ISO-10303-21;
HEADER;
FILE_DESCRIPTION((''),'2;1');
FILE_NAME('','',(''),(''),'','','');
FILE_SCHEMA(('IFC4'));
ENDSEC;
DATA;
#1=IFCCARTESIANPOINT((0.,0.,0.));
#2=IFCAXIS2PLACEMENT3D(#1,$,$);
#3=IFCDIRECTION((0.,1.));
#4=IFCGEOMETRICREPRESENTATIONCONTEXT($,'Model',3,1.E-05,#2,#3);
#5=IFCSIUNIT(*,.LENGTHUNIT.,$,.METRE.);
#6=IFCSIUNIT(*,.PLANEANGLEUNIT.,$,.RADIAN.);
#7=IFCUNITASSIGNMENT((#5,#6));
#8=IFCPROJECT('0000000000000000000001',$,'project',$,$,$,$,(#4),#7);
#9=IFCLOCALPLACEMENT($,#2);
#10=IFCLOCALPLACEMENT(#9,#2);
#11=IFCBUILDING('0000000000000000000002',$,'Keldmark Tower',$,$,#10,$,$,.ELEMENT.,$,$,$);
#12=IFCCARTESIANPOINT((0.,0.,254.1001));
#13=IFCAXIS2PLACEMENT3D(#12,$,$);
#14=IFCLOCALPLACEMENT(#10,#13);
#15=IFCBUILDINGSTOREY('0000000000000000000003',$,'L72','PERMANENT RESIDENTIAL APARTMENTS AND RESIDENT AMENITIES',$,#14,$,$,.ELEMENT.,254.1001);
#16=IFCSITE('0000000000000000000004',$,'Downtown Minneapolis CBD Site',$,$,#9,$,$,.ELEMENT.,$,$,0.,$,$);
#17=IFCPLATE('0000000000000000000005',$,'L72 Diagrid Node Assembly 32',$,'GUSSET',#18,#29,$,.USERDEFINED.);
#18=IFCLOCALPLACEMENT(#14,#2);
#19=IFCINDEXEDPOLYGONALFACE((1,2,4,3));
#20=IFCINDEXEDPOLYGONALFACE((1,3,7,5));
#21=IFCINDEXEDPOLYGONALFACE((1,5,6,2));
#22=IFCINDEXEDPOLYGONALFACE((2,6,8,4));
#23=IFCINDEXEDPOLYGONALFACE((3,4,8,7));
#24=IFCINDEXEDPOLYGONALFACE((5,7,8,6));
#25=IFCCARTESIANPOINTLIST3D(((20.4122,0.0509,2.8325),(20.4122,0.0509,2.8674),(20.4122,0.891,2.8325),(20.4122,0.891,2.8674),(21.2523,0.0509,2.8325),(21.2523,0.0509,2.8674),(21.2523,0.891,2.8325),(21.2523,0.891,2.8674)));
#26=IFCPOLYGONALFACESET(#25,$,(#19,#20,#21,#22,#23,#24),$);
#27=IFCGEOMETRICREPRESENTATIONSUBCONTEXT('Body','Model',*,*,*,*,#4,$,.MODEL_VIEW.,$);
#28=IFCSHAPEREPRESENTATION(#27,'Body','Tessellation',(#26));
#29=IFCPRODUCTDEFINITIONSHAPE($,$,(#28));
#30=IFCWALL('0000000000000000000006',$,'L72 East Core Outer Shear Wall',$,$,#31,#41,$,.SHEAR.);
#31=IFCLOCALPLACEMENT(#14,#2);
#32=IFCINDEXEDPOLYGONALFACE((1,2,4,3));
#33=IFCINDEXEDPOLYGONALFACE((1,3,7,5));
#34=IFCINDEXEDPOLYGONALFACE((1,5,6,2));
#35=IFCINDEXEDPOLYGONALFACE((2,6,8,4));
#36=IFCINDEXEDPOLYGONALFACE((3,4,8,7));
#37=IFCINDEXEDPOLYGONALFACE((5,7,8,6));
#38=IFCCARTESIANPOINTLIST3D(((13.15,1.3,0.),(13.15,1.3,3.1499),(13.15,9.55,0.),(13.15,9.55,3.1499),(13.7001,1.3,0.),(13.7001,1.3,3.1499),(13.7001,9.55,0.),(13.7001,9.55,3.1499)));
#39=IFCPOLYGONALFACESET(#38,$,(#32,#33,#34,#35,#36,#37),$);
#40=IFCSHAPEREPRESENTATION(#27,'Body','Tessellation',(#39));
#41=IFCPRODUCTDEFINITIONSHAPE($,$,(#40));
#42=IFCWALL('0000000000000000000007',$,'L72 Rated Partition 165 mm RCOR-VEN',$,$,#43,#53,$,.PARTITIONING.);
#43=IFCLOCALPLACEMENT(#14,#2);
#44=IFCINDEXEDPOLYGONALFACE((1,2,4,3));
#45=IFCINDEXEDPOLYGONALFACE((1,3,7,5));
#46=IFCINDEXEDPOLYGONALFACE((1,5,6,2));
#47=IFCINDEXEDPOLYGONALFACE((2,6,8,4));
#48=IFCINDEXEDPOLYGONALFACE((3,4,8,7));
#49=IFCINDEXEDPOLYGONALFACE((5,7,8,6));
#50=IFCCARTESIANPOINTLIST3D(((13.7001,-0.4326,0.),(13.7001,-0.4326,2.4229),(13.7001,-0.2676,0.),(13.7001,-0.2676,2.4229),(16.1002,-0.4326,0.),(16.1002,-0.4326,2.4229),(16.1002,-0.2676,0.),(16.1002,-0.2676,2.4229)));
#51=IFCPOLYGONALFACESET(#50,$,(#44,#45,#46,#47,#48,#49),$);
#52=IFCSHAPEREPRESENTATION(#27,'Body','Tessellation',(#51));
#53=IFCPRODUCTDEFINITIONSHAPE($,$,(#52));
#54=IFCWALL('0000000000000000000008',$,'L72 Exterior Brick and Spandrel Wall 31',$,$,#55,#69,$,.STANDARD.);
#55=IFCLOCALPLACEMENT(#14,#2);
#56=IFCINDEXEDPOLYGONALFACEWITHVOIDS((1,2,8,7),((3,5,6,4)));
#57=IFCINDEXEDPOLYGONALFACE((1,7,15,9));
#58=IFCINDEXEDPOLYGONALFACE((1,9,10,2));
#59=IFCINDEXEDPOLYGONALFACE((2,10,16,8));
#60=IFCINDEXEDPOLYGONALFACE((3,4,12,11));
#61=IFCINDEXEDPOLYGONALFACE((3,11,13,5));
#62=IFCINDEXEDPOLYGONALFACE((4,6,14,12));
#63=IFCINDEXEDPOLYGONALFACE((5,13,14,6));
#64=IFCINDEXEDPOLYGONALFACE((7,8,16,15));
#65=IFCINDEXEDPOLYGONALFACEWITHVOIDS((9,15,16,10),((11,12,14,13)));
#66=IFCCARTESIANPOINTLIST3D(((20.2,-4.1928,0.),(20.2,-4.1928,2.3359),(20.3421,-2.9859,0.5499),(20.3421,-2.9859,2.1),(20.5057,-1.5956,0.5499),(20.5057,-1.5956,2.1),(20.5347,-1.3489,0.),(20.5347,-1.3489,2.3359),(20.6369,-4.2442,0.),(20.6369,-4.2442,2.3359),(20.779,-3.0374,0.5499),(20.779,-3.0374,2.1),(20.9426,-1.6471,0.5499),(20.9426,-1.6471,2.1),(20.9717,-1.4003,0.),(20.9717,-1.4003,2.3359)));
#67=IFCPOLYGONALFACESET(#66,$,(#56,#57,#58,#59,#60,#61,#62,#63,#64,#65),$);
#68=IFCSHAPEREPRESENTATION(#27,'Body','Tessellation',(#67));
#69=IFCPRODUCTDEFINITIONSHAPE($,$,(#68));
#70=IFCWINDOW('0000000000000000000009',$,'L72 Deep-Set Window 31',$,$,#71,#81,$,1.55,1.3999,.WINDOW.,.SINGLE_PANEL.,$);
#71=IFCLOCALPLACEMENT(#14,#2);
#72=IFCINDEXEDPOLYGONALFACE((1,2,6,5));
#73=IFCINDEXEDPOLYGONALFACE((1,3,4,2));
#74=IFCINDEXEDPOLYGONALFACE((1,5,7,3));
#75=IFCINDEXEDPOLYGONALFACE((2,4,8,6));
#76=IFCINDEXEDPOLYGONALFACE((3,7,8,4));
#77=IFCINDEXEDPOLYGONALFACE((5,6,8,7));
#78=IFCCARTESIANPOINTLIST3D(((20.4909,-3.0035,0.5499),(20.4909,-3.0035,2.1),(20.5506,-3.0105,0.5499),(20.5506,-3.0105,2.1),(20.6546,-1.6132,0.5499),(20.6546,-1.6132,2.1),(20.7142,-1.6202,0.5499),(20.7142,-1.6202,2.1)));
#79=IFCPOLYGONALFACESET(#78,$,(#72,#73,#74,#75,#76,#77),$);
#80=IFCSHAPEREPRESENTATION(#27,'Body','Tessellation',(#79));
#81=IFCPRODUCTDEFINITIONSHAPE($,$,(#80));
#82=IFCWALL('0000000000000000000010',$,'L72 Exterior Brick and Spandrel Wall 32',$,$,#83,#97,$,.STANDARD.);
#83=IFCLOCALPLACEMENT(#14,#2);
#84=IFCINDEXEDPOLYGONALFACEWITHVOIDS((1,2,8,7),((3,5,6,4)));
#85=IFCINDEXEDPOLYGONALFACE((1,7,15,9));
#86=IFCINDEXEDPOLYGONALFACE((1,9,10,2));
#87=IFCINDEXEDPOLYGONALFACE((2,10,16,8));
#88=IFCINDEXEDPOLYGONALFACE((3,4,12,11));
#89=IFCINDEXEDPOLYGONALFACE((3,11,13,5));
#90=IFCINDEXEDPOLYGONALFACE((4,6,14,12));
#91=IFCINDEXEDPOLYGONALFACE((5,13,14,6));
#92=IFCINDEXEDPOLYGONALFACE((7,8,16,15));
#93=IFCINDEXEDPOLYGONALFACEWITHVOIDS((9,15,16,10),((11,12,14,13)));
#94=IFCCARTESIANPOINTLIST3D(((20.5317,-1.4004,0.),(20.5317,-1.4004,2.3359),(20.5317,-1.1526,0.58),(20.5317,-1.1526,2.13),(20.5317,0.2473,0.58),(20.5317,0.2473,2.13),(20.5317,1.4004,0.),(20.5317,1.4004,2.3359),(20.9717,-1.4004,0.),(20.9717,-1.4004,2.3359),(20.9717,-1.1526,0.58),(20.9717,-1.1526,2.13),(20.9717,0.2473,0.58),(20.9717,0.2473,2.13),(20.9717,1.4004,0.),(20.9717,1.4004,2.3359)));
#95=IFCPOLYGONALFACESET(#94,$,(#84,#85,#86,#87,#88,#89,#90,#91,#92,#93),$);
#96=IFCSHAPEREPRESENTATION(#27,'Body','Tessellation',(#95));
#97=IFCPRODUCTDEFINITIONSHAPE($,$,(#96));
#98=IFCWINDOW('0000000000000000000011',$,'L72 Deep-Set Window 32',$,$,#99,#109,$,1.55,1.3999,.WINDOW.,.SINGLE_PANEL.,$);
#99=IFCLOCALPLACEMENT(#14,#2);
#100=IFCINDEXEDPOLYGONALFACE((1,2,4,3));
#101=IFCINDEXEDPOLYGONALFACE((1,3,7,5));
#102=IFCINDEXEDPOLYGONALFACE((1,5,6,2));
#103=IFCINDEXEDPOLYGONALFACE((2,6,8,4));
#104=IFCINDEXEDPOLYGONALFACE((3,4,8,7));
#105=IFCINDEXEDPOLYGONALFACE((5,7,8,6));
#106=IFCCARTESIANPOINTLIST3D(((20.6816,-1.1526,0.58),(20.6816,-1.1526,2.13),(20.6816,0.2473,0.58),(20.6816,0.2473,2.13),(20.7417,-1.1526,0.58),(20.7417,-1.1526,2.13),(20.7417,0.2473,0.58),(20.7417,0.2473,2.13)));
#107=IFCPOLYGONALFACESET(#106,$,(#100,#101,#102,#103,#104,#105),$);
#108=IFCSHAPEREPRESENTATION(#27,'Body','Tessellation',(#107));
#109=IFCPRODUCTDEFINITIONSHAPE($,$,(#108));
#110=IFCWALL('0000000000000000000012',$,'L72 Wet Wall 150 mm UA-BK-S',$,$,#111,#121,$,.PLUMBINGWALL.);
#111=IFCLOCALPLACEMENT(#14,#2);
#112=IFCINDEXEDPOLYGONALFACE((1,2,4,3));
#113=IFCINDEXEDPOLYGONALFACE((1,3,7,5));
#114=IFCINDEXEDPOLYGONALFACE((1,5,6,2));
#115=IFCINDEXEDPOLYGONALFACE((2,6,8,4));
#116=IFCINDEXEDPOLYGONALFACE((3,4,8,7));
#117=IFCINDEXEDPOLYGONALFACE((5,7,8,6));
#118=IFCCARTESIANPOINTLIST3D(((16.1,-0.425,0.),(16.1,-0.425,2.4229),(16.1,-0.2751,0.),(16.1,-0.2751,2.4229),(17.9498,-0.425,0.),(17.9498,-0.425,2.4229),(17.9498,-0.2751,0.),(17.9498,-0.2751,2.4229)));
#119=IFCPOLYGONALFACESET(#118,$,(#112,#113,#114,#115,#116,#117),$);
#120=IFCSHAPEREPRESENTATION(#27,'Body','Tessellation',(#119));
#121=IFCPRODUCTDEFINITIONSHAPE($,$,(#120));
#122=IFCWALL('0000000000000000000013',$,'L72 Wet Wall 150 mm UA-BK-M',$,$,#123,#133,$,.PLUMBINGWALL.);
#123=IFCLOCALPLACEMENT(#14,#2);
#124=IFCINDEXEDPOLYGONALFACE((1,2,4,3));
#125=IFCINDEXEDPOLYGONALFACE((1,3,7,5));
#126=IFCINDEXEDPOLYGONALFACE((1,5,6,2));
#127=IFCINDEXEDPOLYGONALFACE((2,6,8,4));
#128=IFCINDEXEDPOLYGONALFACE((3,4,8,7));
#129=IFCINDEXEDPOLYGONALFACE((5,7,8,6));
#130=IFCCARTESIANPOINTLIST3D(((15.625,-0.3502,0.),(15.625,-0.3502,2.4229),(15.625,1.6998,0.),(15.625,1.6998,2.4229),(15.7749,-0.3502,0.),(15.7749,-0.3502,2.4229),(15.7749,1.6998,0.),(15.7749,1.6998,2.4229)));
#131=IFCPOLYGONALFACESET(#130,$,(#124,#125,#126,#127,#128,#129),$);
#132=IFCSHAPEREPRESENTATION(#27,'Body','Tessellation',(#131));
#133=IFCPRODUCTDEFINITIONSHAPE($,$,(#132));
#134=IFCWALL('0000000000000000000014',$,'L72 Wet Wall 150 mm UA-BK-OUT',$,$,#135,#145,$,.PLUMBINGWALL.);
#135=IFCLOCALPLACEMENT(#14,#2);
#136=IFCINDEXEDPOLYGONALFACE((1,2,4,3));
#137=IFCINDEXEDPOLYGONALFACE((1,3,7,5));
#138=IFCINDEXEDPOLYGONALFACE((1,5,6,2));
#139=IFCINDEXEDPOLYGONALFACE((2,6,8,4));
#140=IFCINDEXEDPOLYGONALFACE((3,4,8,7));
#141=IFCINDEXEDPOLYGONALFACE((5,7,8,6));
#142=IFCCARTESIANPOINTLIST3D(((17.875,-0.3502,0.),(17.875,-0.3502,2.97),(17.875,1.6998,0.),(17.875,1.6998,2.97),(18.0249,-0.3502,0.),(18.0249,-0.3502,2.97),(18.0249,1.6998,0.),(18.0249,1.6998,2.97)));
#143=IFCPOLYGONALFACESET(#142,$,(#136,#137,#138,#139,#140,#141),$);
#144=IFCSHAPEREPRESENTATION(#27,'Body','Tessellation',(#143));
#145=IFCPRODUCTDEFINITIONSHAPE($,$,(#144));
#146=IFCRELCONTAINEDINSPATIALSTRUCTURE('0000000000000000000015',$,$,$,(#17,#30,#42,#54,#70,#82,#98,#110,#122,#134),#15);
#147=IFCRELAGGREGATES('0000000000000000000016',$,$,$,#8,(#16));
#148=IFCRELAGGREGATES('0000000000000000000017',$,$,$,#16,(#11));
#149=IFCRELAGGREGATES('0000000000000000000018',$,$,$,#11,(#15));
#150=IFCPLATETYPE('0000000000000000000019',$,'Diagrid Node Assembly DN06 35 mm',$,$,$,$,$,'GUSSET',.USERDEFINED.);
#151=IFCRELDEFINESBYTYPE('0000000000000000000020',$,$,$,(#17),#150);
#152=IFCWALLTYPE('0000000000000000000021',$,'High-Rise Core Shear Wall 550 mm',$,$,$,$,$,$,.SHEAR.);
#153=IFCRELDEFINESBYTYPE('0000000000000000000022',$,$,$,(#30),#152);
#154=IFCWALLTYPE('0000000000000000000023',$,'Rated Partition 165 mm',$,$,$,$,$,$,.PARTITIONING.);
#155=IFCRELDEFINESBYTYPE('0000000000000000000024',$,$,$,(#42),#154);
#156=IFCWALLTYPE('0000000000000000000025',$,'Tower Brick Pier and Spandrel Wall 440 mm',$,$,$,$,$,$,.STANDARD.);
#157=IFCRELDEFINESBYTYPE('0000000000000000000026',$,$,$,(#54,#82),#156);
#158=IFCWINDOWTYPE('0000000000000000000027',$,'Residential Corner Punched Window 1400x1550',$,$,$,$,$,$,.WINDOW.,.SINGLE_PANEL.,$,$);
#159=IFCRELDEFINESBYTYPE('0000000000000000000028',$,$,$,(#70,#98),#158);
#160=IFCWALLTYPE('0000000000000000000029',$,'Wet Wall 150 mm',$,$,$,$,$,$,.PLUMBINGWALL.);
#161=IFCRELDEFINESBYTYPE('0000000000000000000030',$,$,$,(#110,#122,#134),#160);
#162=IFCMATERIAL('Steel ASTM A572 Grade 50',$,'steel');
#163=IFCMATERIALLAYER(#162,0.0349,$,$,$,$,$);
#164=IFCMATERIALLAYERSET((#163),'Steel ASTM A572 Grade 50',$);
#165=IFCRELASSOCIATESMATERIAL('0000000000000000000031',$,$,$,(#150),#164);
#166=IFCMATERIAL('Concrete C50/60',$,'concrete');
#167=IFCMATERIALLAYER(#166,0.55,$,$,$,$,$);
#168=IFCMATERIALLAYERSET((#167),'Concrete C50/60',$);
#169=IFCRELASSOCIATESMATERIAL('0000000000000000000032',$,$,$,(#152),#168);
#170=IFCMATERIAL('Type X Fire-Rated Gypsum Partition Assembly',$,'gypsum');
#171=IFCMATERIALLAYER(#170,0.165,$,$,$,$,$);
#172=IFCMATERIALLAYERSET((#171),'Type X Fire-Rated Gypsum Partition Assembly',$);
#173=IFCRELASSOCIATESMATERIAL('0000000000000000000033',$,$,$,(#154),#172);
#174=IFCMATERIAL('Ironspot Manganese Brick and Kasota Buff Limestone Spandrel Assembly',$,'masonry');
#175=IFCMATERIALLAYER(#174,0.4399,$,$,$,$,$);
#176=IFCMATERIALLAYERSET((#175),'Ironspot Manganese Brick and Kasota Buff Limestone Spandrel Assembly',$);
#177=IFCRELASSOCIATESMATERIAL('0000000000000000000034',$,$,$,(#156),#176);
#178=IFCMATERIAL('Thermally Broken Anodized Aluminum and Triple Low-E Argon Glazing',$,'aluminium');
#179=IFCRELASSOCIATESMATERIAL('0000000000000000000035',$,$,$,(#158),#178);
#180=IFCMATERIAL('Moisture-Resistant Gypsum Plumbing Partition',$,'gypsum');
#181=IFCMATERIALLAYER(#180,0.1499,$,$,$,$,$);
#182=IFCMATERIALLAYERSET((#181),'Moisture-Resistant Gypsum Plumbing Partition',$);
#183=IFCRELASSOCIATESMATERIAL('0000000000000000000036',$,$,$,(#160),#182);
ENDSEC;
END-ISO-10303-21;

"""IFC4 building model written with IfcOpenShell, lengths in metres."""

from ifc_helpers import new_model, si_unit, direction, frame, frame_2d, origin, origin_2d, place, context, subcontext, project, spatial, rectangle, extrude, material, layer, layer_set, type_object, element, fill, save


model = new_model("IFC4")

# Units and contexts
model_context = context("Model", 3, precision=1e-05, world=origin(), true_north=direction((0.0, 1.0)))
body_context = subcontext(model_context, "Body", "Model", "MODEL_VIEW")
ifc_project = project(units=[si_unit("LENGTHUNIT", "METRE"), si_unit("PLANEANGLEUNIT", "RADIAN")], contexts=[model_context])

# Site, building, storey
site_placement = place(None, origin())
site = spatial("IfcSite", under=ifc_project, at=site_placement, Name="Downtown Minneapolis CBD Site", CompositionType="ELEMENT", RefElevation=0.0)
building_placement = place(site_placement, origin())
building = spatial("IfcBuilding", under=site, at=building_placement, Name="Keldmark Tower", CompositionType="ELEMENT")
storey_placement = place(building_placement, frame((0.0, 0.0, 254.1001)))
storey = spatial("IfcBuildingStorey", under=building, at=storey_placement, Name="L72", Description="PERMANENT RESIDENTIAL APARTMENTS AND RESIDENT AMENITIES", CompositionType="ELEMENT", Elevation=254.1001)

# Plate
ifc_material_1 = material(Name="Steel ASTM A572 Grade 50", Category="steel")
ifc_layer_1 = layer(ifc_material_1, 0.0349)
ifc_layer_set_1 = layer_set([ifc_layer_1], Name="Steel ASTM A572 Grade 50")
plate_type_1 = type_object("IfcPlateType", Name="Diagrid Node Assembly DN06 35 mm", ElementType="GUSSET", PredefinedType="USERDEFINED", material=ifc_layer_set_1)
plate_placement = place(storey_placement, frame((20.8323, 0.4709, 2.8325), z_axis=(0.0, 0.0, 1.0), x_axis=(0.0, 1.0, 0.0)))
element("IfcPlate", 1, at=plate_placement, inside=storey, type_object=plate_type_1, Name="L72 Diagrid Node Assembly 32", ObjectType="GUSSET", PredefinedType="USERDEFINED", context=body_context, shape_type="SweptSolid", body=[
    extrude(rectangle(XDim=0.8401, YDim=0.8401, at=origin_2d()), origin(), (0.0, 0.0, 1.0), 0.0349),
])

# Wall
ifc_material_2 = material(Name="Concrete C50/60", Category="concrete")
ifc_layer_2 = layer(ifc_material_2, 0.55)
ifc_layer_set_2 = layer_set([ifc_layer_2], Name="Concrete C50/60")
wall_type_1 = type_object("IfcWallType", Name="High-Rise Core Shear Wall 550 mm", PredefinedType="SHEAR", material=ifc_layer_set_2)
wall_1_placement = place(storey_placement, frame((13.425, 1.3, 0.0), z_axis=(0.0, 0.0, 1.0), x_axis=(0.0, 1.0, 0.0)))
element("IfcWall", 2, at=wall_1_placement, inside=storey, type_object=wall_type_1, Name="L72 East Core Outer Shear Wall", PredefinedType="SHEAR", context=body_context, shape_type="SweptSolid", body=[
    extrude(rectangle(XDim=8.25, YDim=0.55, at=frame_2d((4.125, 0.0))), origin(), (0.0, 0.0, 1.0), 3.1499),
])

# Shared definitions
ifc_material_3 = material(Name="Type X Fire-Rated Gypsum Partition Assembly", Category="gypsum")
ifc_layer_3 = layer(ifc_material_3, 0.165)
ifc_layer_set_3 = layer_set([ifc_layer_3], Name="Type X Fire-Rated Gypsum Partition Assembly")
wall_type_2 = type_object("IfcWallType", Name="Rated Partition 165 mm", PredefinedType="PARTITIONING", material=ifc_layer_set_3)

# Wall
wall_2_placement = place(storey_placement, frame((13.7, -0.3501, 0.0), z_axis=(0.0, 0.0, 1.0), x_axis=(1.0, 0.0, 0.0)))
element("IfcWall", 3, at=wall_2_placement, inside=storey, type_object=wall_type_2, Name="L72 Rated Partition 165 mm RCOR-VEN", PredefinedType="PARTITIONING", context=body_context, shape_type="SweptSolid", body=[
    extrude(rectangle(XDim=2.4001, YDim=0.165, at=frame_2d((1.2002, 0.0))), origin(), (0.0, 0.0, 1.0), 2.4229),
])

# Walls, openings, windows
ifc_material_4 = material(Name="Ironspot Manganese Brick and Kasota Buff Limestone Spandrel Assembly", Category="masonry")
ifc_layer_4 = layer(ifc_material_4, 0.4399)
ifc_layer_set_4 = layer_set([ifc_layer_4], Name="Ironspot Manganese Brick and Kasota Buff Limestone Spandrel Assembly")
wall_type_3 = type_object("IfcWallType", Name="Tower Brick Pier and Spandrel Wall 440 mm", PredefinedType="STANDARD", material=ifc_layer_set_4)
wall_3_placement = place(storey_placement, frame((20.7532, -1.3748, 0.0), z_axis=(0.0, 0.0, 1.0), x_axis=(-0.116886, -0.993145, 0.0)))
wall_3 = element("IfcWall", 4, at=wall_3_placement, inside=storey, type_object=wall_type_3, Name="L72 Exterior Brick and Spandrel Wall 31", PredefinedType="STANDARD", context=body_context, shape_type="SweptSolid", body=[
    extrude(rectangle(XDim=2.8635, YDim=0.4399, at=frame_2d((1.4316, 0.0))), origin(), (0.0, 0.0, 1.0), 2.3359),
])
opening_1_placement = place(wall_3_placement, frame((0.2483, 0.0, 0.55)))
opening_1 = element("IfcOpeningElement", 5, at=opening_1_placement, cuts=wall_3, PredefinedType="OPENING", context=body_context, shape_type="SweptSolid", body=[
    extrude(rectangle(XDim=1.3999, YDim=1.55, at=frame_2d((0.7, 0.7749))), frame((0.0, 0.23, 0.0), z_axis=(0.0, -1.0, 0.0), x_axis=(1.0, 0.0, 0.0)), (0.0, 0.0, 1.0), 0.46),
])
ifc_material_5 = material(Name="Thermally Broken Anodized Aluminum and Triple Low-E Argon Glazing", Category="aluminium")
window_type = type_object("IfcWindowType", Name="Residential Corner Punched Window 1400x1550", PartitioningType="SINGLE_PANEL", PredefinedType="WINDOW", material=ifc_material_5)
window_1_placement = place(opening_1_placement, origin())
window_1 = element("IfcWindow", 6, at=window_1_placement, inside=storey, type_object=window_type, Name="L72 Deep-Set Window 31", OverallHeight=1.55, OverallWidth=1.3999, PartitioningType="SINGLE_PANEL", PredefinedType="WINDOW", context=body_context, shape_type="SweptSolid", body=[
    extrude(rectangle(XDim=1.3999, YDim=1.55, at=frame_2d((0.7, 0.7749))), frame((0.0, -0.01, 0.0), z_axis=(0.0, -1.0, 0.0), x_axis=(1.0, 0.0, 0.0)), (0.0, 0.0, 1.0), 0.0601),
])
fill(opening_1, window_1)
wall_4_placement = place(storey_placement, frame((20.7517, 1.4004, 0.0), z_axis=(0.0, 0.0, 1.0), x_axis=(0.0, -1.0, 0.0)))
wall_4 = element("IfcWall", 7, at=wall_4_placement, inside=storey, type_object=wall_type_3, Name="L72 Exterior Brick and Spandrel Wall 32", PredefinedType="STANDARD", context=body_context, shape_type="SweptSolid", body=[
    extrude(rectangle(XDim=2.8008, YDim=0.4399, at=frame_2d((1.4004, 0.0))), origin(), (0.0, 0.0, 1.0), 2.3359),
])
opening_2_placement = place(wall_4_placement, frame((1.1531, 0.0, 0.5801)))
opening_2 = element("IfcOpeningElement", 8, at=opening_2_placement, cuts=wall_4, PredefinedType="OPENING", context=body_context, shape_type="SweptSolid", body=[
    extrude(rectangle(XDim=1.3999, YDim=1.55, at=frame_2d((0.7, 0.7749))), frame((0.0, 0.23, 0.0), z_axis=(0.0, -1.0, 0.0), x_axis=(1.0, 0.0, 0.0)), (0.0, 0.0, 1.0), 0.46),
])
window_2_placement = place(opening_2_placement, origin())
window_2 = element("IfcWindow", 9, at=window_2_placement, inside=storey, type_object=window_type, Name="L72 Deep-Set Window 32", OverallHeight=1.55, OverallWidth=1.3999, PartitioningType="SINGLE_PANEL", PredefinedType="WINDOW", context=body_context, shape_type="SweptSolid", body=[
    extrude(rectangle(XDim=1.3999, YDim=1.55, at=frame_2d((0.7, 0.7749))), frame((0.0, -0.01, 0.0), z_axis=(0.0, -1.0, 0.0), x_axis=(1.0, 0.0, 0.0)), (0.0, 0.0, 1.0), 0.0601),
])
fill(opening_2, window_2)

# Walls
ifc_material_6 = material(Name="Moisture-Resistant Gypsum Plumbing Partition", Category="gypsum")
ifc_layer_5 = layer(ifc_material_6, 0.1499)
ifc_layer_set_5 = layer_set([ifc_layer_5], Name="Moisture-Resistant Gypsum Plumbing Partition")
wall_type_4 = type_object("IfcWallType", Name="Wet Wall 150 mm", PredefinedType="PLUMBINGWALL", material=ifc_layer_set_5)
wall_5_placement = place(storey_placement, frame((16.1001, -0.3501, 0.0), z_axis=(0.0, 0.0, 1.0), x_axis=(1.0, 0.0, 0.0)))
element("IfcWall", 10, at=wall_5_placement, inside=storey, type_object=wall_type_4, Name="L72 Wet Wall 150 mm UA-BK-S", PredefinedType="PLUMBINGWALL", context=body_context, shape_type="SweptSolid", body=[
    extrude(rectangle(XDim=1.8499, YDim=0.1499, at=frame_2d((0.9248, 0.0))), origin(), (0.0, 0.0, 1.0), 2.4229),
])
wall_6_placement = place(storey_placement, frame((15.7, -0.3501, 0.0), z_axis=(0.0, 0.0, 1.0), x_axis=(0.0, 1.0, 0.0)))
element("IfcWall", 11, at=wall_6_placement, inside=storey, type_object=wall_type_4, Name="L72 Wet Wall 150 mm UA-BK-M", PredefinedType="PLUMBINGWALL", context=body_context, shape_type="SweptSolid", body=[
    extrude(rectangle(XDim=2.05, YDim=0.1499, at=frame_2d((1.0249, 0.0))), origin(), (0.0, 0.0, 1.0), 2.4229),
])
wall_7_placement = place(storey_placement, frame((17.95, -0.3501, 0.0), z_axis=(0.0, 0.0, 1.0), x_axis=(0.0, 1.0, 0.0)))
element("IfcWall", 12, at=wall_7_placement, inside=storey, type_object=wall_type_4, Name="L72 Wet Wall 150 mm UA-BK-OUT", PredefinedType="PLUMBINGWALL", context=body_context, shape_type="SweptSolid", body=[
    extrude(rectangle(XDim=2.05, YDim=0.1499, at=frame_2d((1.0249, 0.0))), origin(), (0.0, 0.0, 1.0), 2.97),
])

save(model, "model.ifc")
